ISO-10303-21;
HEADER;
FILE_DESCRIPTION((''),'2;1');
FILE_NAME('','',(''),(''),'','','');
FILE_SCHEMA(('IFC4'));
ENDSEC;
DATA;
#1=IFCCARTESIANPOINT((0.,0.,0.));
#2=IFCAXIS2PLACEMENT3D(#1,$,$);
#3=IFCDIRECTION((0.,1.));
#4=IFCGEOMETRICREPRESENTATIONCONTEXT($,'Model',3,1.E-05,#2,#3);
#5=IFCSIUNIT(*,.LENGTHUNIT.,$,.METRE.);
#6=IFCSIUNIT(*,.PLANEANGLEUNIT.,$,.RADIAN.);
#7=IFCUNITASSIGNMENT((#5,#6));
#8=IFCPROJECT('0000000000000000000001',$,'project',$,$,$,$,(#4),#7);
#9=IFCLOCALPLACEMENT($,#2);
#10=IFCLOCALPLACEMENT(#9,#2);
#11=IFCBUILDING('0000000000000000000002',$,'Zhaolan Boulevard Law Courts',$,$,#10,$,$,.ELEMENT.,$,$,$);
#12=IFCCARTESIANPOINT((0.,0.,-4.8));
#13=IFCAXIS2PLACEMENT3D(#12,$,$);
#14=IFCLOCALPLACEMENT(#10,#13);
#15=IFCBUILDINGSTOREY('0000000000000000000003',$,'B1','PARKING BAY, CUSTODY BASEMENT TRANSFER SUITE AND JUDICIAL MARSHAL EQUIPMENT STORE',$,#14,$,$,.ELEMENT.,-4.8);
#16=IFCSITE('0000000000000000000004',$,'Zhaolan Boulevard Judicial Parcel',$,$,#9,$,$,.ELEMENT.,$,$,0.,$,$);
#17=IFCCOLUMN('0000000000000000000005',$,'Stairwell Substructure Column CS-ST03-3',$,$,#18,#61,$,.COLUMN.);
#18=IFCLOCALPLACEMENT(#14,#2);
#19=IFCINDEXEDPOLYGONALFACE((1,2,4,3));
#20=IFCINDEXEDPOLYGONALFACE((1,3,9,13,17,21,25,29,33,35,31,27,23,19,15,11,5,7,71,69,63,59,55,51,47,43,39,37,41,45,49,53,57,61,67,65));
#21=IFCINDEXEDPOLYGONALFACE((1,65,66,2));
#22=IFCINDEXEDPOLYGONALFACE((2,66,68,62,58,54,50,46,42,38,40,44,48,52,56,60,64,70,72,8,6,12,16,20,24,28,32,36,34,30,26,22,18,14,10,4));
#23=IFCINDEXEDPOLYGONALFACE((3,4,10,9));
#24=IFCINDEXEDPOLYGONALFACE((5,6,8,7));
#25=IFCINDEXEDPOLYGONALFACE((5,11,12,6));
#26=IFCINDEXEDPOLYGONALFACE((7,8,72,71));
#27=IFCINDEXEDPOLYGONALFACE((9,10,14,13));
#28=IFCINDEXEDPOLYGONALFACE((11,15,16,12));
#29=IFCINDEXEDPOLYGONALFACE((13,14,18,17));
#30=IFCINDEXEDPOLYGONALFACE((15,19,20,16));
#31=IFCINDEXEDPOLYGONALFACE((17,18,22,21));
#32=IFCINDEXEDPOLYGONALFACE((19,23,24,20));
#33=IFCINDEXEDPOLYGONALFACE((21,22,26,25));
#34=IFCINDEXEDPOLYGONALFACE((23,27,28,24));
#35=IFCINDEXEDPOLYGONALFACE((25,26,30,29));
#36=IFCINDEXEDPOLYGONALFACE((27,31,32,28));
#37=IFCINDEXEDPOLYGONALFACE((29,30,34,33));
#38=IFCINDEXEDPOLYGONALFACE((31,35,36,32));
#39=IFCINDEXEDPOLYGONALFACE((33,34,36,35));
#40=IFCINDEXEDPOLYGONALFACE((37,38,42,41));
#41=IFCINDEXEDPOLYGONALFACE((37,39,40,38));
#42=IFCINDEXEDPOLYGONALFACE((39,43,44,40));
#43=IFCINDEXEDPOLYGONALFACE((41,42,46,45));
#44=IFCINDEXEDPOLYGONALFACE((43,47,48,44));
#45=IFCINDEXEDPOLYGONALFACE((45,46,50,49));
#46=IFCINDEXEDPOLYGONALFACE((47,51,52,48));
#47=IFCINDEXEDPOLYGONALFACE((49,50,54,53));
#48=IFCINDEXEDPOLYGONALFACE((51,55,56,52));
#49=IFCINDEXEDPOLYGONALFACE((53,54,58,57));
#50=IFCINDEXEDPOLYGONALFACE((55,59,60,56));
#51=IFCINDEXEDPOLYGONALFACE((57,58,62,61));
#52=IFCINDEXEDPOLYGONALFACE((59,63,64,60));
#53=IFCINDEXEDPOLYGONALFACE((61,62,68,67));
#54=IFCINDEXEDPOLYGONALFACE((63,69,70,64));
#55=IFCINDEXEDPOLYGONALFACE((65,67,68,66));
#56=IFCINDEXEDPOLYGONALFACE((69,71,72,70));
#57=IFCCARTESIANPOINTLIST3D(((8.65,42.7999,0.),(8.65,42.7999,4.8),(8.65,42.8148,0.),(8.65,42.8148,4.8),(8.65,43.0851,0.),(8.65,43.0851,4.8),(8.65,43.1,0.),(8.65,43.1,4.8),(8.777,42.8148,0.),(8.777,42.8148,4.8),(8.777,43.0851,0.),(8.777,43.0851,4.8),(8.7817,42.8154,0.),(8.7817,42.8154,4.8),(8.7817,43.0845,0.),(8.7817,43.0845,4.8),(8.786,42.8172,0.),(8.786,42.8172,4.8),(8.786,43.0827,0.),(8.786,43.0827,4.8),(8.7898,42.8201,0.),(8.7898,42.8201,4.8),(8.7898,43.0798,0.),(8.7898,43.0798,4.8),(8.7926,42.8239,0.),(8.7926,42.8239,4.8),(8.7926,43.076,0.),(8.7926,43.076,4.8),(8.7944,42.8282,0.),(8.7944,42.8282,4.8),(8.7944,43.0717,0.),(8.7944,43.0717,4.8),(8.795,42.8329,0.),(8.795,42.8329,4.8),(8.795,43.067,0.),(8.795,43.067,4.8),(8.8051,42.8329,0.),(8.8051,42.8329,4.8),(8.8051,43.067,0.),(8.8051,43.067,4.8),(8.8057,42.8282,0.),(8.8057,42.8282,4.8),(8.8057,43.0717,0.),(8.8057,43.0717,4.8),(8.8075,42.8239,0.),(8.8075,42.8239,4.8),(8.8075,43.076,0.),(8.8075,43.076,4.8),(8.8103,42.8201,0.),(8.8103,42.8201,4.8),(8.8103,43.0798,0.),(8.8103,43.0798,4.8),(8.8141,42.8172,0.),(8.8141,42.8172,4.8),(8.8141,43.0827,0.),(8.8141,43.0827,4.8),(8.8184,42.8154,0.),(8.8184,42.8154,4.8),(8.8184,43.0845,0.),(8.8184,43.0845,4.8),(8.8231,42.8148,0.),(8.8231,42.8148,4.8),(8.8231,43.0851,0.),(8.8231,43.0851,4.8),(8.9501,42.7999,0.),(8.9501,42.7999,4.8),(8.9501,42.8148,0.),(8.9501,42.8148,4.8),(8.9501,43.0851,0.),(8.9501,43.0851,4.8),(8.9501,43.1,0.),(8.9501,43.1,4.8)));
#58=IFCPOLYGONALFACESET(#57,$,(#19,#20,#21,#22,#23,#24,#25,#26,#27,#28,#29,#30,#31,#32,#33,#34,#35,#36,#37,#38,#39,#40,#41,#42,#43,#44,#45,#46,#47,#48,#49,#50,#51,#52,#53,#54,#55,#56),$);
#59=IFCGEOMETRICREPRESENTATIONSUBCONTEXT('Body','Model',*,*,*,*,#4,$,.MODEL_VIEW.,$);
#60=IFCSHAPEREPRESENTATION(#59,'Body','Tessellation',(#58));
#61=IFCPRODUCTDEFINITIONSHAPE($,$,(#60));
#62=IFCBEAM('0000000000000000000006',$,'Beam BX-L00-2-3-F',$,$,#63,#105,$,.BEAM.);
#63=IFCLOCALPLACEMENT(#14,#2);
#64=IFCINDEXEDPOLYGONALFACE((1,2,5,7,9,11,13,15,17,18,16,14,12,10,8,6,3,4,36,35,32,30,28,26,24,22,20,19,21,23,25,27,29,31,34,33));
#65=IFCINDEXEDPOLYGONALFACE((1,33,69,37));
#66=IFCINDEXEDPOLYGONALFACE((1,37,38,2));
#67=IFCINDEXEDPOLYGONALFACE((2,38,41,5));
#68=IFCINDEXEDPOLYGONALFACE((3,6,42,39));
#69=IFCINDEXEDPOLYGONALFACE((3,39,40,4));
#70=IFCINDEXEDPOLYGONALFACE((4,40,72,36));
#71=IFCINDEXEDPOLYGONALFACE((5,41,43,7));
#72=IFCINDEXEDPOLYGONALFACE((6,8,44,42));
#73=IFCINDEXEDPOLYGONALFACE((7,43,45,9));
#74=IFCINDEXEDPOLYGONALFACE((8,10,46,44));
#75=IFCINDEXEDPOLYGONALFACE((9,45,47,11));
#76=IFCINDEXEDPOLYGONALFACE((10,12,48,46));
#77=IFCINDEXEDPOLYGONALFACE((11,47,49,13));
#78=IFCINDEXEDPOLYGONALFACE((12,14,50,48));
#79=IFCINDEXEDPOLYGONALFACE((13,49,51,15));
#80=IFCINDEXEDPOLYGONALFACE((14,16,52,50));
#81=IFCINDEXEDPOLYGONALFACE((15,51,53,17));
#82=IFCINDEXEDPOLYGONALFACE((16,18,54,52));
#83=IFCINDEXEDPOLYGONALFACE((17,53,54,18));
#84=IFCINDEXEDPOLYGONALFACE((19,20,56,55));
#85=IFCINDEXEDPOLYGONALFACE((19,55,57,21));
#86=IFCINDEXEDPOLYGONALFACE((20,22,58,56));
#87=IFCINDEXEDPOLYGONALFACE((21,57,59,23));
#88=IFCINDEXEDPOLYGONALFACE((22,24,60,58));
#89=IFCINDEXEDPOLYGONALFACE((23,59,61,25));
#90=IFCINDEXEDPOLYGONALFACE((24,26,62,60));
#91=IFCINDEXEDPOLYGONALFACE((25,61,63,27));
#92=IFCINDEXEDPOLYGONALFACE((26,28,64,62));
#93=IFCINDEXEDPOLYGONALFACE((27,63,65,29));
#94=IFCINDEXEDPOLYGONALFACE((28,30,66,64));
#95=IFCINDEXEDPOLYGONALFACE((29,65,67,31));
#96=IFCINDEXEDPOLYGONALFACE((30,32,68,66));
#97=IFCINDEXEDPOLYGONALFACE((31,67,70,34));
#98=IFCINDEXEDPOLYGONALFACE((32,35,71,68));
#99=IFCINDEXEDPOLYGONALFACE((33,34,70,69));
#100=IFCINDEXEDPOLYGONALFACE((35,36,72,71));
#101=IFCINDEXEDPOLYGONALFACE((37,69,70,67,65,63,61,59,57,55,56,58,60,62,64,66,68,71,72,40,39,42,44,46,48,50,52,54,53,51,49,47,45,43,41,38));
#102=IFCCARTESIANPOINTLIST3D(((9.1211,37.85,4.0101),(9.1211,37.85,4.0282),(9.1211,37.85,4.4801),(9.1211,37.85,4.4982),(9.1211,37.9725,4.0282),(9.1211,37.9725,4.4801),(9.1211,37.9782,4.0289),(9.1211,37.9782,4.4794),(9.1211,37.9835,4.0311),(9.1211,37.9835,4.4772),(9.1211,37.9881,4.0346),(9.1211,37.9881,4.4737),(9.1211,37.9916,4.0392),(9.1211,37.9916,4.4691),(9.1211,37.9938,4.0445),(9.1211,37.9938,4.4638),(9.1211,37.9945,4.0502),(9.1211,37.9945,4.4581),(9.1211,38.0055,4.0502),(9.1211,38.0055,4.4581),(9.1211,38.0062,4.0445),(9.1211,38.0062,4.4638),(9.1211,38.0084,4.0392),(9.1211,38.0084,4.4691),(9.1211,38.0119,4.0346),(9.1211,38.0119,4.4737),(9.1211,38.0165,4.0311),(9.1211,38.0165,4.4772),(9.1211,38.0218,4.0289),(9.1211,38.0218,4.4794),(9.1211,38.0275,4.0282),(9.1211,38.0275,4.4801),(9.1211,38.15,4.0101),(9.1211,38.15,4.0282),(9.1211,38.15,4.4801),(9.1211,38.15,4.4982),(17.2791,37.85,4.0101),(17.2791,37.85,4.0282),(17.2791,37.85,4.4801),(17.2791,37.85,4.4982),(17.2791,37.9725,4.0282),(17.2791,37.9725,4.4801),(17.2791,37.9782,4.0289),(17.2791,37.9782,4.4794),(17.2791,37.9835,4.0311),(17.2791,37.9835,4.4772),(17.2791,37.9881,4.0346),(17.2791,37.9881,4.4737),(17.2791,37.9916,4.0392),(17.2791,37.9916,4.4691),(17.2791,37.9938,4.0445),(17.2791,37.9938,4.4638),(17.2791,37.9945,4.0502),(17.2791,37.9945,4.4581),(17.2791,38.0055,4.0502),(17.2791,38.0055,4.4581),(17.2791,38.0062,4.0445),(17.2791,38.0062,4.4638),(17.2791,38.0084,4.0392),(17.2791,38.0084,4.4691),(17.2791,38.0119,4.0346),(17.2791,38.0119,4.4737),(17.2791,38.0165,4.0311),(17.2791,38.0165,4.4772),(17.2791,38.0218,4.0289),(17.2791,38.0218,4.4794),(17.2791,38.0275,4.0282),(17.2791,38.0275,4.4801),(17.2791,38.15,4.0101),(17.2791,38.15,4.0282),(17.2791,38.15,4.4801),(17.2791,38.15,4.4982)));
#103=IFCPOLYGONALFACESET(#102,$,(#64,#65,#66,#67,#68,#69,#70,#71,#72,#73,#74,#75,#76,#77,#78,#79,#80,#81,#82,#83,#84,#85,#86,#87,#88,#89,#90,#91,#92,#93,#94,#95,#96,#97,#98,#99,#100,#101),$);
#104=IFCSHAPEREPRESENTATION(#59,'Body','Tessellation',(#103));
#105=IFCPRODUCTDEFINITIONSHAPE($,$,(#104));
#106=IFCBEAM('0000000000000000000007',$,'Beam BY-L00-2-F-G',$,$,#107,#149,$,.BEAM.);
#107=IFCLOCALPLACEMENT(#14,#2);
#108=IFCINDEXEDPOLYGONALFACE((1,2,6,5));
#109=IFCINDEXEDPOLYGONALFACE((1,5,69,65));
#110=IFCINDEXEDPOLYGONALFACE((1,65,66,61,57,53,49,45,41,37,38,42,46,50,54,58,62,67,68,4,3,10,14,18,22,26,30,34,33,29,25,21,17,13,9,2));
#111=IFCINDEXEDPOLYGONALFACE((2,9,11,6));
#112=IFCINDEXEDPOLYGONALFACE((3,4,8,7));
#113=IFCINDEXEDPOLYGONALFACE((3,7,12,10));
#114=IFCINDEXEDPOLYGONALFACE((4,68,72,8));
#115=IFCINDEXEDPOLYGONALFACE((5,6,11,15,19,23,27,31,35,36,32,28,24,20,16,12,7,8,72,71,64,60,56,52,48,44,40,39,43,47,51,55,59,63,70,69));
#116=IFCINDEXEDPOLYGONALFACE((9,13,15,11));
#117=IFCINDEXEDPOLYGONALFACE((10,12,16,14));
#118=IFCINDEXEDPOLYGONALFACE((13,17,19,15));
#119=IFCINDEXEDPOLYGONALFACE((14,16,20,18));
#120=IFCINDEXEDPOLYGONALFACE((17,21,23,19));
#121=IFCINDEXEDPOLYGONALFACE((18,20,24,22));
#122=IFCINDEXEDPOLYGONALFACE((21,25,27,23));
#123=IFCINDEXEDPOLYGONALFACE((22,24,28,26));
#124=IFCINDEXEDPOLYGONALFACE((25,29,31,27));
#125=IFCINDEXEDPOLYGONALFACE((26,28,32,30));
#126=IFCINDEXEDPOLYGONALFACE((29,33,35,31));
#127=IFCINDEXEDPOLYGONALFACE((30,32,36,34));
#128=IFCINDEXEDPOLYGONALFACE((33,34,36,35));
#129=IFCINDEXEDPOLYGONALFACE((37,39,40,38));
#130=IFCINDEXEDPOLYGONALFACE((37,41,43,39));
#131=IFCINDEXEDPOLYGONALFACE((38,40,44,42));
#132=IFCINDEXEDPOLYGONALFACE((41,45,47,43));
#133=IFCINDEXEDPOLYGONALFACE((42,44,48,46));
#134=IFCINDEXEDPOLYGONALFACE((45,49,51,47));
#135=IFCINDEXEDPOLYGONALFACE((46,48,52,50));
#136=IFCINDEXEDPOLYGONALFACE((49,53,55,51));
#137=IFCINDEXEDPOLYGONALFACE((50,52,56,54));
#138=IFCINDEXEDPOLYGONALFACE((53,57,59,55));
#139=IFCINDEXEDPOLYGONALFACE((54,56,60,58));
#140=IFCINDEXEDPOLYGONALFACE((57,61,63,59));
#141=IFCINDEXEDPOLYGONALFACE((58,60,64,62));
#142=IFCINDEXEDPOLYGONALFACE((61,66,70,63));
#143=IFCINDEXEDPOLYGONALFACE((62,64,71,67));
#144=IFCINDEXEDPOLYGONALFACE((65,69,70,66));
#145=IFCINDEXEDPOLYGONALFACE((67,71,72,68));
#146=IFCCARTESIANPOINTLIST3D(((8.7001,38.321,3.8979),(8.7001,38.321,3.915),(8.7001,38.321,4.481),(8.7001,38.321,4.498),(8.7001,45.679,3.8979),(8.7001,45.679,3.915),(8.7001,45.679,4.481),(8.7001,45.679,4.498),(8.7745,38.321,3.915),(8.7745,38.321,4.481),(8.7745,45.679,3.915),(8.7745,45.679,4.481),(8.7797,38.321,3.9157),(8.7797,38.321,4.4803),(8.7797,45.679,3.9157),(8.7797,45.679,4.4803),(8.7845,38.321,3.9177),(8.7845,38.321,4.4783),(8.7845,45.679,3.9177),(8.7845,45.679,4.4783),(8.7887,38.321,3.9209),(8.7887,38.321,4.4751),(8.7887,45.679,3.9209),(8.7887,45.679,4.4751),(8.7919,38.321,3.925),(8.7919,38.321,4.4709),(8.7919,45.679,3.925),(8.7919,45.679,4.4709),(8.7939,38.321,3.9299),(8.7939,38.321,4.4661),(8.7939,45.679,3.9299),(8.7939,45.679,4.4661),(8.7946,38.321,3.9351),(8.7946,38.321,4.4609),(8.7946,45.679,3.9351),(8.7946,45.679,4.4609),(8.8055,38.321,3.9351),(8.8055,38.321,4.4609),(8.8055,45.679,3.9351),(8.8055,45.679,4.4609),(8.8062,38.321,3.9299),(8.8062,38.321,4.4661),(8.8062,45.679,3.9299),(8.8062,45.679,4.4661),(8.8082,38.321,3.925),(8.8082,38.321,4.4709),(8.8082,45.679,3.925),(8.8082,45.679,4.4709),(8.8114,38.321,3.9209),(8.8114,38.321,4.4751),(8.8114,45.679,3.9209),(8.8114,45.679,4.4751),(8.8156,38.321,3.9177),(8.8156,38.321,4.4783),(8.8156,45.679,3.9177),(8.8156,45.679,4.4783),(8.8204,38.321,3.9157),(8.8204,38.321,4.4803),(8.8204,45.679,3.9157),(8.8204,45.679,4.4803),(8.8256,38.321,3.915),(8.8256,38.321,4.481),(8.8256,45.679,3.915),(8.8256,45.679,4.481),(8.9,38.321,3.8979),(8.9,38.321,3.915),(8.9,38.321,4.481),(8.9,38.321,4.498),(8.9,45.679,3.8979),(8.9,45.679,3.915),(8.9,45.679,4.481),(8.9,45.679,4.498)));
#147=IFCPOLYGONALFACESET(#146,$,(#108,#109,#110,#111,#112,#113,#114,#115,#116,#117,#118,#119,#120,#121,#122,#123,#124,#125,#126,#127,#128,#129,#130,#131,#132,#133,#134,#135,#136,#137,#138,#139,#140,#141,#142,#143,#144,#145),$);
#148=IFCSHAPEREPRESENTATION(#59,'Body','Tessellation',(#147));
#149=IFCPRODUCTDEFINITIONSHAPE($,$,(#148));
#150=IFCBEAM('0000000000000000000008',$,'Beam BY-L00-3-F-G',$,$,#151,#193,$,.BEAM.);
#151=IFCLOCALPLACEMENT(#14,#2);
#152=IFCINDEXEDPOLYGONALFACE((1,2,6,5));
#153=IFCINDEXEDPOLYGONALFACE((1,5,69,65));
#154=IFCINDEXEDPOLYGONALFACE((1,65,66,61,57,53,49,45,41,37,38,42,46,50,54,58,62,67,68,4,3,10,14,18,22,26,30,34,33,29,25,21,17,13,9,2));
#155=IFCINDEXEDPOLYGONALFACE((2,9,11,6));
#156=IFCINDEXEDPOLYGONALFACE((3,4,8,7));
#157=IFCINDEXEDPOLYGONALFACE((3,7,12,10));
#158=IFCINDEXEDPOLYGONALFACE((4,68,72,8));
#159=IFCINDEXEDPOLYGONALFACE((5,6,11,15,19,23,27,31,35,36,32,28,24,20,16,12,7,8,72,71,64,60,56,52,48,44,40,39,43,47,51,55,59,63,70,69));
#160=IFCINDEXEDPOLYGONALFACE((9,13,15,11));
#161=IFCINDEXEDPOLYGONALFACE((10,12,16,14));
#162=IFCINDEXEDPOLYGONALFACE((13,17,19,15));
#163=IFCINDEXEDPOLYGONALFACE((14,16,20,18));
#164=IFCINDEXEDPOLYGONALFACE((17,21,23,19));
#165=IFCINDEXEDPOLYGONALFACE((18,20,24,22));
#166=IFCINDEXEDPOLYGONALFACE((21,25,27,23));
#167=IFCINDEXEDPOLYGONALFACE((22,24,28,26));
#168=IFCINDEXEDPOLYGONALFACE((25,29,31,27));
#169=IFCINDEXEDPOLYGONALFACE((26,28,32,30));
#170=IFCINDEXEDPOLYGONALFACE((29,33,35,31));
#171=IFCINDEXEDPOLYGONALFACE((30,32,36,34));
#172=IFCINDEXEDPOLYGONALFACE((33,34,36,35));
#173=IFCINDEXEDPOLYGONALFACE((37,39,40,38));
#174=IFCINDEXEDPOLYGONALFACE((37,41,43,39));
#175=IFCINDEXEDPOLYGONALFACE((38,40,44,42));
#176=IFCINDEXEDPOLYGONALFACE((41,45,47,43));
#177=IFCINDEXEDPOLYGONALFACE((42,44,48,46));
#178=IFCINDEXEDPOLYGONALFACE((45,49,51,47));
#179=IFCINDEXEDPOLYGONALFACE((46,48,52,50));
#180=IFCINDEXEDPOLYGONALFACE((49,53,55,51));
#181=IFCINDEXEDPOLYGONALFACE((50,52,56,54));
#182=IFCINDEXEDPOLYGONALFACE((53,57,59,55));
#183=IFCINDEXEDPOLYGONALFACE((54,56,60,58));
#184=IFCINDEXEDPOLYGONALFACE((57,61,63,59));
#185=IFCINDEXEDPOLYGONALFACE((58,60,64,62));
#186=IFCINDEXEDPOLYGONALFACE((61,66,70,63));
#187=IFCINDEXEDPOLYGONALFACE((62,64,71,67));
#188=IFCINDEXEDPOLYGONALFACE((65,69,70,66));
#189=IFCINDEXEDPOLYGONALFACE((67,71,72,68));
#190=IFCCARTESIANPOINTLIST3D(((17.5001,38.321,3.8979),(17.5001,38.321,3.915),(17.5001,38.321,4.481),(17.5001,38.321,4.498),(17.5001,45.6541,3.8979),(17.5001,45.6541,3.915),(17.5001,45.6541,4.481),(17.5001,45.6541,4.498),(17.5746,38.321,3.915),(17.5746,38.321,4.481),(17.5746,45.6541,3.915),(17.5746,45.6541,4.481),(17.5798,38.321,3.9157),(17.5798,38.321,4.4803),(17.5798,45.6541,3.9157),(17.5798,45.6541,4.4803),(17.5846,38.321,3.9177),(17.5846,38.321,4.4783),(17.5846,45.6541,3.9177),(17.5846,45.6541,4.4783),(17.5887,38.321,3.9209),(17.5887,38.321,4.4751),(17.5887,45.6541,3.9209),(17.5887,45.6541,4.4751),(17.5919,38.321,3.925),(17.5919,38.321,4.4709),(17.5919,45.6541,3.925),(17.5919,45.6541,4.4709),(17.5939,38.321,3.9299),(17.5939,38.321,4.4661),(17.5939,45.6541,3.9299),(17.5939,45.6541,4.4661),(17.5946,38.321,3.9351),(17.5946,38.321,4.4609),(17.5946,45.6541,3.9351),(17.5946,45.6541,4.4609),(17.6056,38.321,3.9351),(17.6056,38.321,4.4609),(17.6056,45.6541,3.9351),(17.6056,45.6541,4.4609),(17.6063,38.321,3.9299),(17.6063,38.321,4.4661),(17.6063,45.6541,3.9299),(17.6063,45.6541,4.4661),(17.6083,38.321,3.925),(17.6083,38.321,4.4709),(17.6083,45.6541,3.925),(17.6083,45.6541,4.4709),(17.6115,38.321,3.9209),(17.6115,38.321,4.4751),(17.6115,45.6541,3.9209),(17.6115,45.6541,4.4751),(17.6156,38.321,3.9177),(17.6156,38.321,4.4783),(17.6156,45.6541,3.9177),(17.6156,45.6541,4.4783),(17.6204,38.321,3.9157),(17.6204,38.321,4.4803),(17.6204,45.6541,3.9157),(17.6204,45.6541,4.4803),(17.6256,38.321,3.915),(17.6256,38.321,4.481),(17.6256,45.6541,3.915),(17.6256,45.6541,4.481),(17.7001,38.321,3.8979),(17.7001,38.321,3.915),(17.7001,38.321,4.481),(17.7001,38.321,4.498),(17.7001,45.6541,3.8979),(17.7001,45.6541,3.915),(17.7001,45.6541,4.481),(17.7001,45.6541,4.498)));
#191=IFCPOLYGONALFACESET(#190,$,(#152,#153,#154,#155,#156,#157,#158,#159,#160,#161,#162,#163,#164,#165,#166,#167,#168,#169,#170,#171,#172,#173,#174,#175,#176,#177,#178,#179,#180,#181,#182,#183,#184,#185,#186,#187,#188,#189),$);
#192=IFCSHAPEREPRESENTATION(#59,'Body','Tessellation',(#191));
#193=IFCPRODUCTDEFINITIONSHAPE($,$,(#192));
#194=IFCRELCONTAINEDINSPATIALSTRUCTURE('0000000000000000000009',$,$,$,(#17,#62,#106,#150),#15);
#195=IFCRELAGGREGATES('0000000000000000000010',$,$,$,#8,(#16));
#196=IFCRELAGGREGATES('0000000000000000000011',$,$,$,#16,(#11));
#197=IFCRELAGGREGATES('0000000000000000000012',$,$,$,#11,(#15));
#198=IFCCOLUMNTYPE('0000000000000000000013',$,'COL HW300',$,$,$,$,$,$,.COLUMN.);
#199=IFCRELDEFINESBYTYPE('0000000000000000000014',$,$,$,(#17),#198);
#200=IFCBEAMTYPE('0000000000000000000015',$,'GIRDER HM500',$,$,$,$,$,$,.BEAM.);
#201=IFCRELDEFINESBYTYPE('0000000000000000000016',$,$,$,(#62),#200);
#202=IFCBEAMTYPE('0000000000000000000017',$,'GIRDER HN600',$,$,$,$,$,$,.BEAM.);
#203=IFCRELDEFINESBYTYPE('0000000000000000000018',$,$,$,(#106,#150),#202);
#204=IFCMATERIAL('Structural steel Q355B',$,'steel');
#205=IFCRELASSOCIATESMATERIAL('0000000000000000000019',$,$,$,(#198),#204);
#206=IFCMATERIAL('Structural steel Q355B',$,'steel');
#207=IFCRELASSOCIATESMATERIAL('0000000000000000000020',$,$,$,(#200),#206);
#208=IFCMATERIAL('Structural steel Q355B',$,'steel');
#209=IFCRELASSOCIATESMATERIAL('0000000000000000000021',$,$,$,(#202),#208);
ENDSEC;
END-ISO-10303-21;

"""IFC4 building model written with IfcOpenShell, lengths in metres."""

from ifc_helpers import new_model, si_unit, direction, frame, origin, origin_2d, place, context, subcontext, project, spatial, i_section, extrude, material, material_profile, profile_set, type_object, element, save


model = new_model("IFC4")

# Units and contexts
model_context = context("Model", 3, precision=1e-05, world=origin(), true_north=direction((0.0, 1.0)))
body_context = subcontext(model_context, "Body", "Model", "MODEL_VIEW")
ifc_project = project(units=[si_unit("LENGTHUNIT", "METRE"), si_unit("PLANEANGLEUNIT", "RADIAN")], contexts=[model_context])

# Site, building, storey
site_placement = place(None, origin())
site = spatial("IfcSite", under=ifc_project, at=site_placement, Name="Zhaolan Boulevard Judicial Parcel", CompositionType="ELEMENT", RefElevation=0.0)
building_placement = place(site_placement, origin())
building = spatial("IfcBuilding", under=site, at=building_placement, Name="Zhaolan Boulevard Law Courts", CompositionType="ELEMENT")
storey_placement = place(building_placement, frame((0.0, 0.0, -4.8)))
storey = spatial("IfcBuildingStorey", under=building, at=storey_placement, Name="B1", Description="PARKING BAY, CUSTODY BASEMENT TRANSFER SUITE AND JUDICIAL MARSHAL EQUIPMENT STORE", CompositionType="ELEMENT", Elevation=-4.8)

# Column
ifc_material_1 = material(Name="Structural steel Q355B", Category="steel")
ifc_material_profile_1 = material_profile(ifc_material_1, i_section(OverallWidth=0.3, OverallDepth=0.3, WebThickness=0.01, FlangeThickness=0.0149, FilletRadius=0.0181, at=origin_2d()), Name="HW300x300")
ifc_profile_set_1 = profile_set([ifc_material_profile_1], Name="Structural steel Q355B")
column_type_1 = type_object("IfcColumnType", Name="COL HW300", PredefinedType="COLUMN", material=ifc_profile_set_1)
for number, where, z_axis, x_axis, name in (
    (1, (8.8, 42.95, 0.0), (0.0, 0.0, 1.0), (1.0, 0.0, 0.0), "Stairwell Substructure Column CS-ST03-3"),
):
    element("IfcColumn", number, at=place(storey_placement, frame(where, z_axis=z_axis, x_axis=x_axis)), inside=storey, type_object=column_type_1, Name=name, PredefinedType="COLUMN", context=body_context, shape_type="SweptSolid", body=[
        extrude(i_section(OverallWidth=0.3, OverallDepth=0.3, WebThickness=0.01, FlangeThickness=0.0149, FilletRadius=0.0181, at=origin_2d()), origin(), (0.0, 0.0, 1.0), 4.8),
    ])

# Beams
ifc_material_2 = material(Name="Structural steel Q355B", Category="steel")
ifc_material_profile_2 = material_profile(ifc_material_2, i_section(OverallWidth=0.3, OverallDepth=0.488, WebThickness=0.011, FlangeThickness=0.0181, FilletRadius=0.022, at=origin_2d()), Name="HM488x300")
ifc_profile_set_2 = profile_set([ifc_material_profile_2], Name="Structural steel Q355B")
beam_type_1 = type_object("IfcBeamType", Name="GIRDER HM500", PredefinedType="BEAM", material=ifc_profile_set_2)
beam_1_placement = place(storey_placement, frame((9.1211, 38.0, 4.2542), z_axis=(1.0, 0.0, 0.0), x_axis=(0.0, 1.0, 0.0)))
element("IfcBeam", 2, at=beam_1_placement, inside=storey, type_object=beam_type_1, Name="Beam BX-L00-2-3-F", PredefinedType="BEAM", context=body_context, shape_type="SweptSolid", body=[
    extrude(i_section(OverallWidth=0.3, OverallDepth=0.488, WebThickness=0.011, FlangeThickness=0.0181, FilletRadius=0.022, at=origin_2d()), origin(), (0.0, 0.0, 1.0), 8.158),
])
ifc_material_3 = material(Name="Structural steel Q355B", Category="steel")
ifc_material_profile_3 = material_profile(ifc_material_3, i_section(OverallWidth=0.2, OverallDepth=0.6001, WebThickness=0.011, FlangeThickness=0.0171, FilletRadius=0.02, at=origin_2d()), Name="HN600x200")
ifc_profile_set_3 = profile_set([ifc_material_profile_3], Name="Structural steel Q355B")
beam_type_2 = type_object("IfcBeamType", Name="GIRDER HN600", PredefinedType="BEAM", material=ifc_profile_set_3)
beam_2_placement = place(storey_placement, frame((8.8, 38.321, 4.198), z_axis=(0.0, 1.0, 0.0), x_axis=(-1.0, 0.0, 0.0)))
element("IfcBeam", 3, at=beam_2_placement, inside=storey, type_object=beam_type_2, Name="Beam BY-L00-2-F-G", PredefinedType="BEAM", context=body_context, shape_type="SweptSolid", body=[
    extrude(i_section(OverallWidth=0.2, OverallDepth=0.6001, WebThickness=0.011, FlangeThickness=0.0171, FilletRadius=0.02, at=origin_2d()), origin(), (0.0, 0.0, 1.0), 7.3579),
])
beam_3_placement = place(storey_placement, frame((17.6001, 38.321, 4.198), z_axis=(0.0, 1.0, 0.0), x_axis=(-1.0, 0.0, 0.0)))
element("IfcBeam", 4, at=beam_3_placement, inside=storey, type_object=beam_type_2, Name="Beam BY-L00-3-F-G", PredefinedType="BEAM", context=body_context, shape_type="SweptSolid", body=[
    extrude(i_section(OverallWidth=0.2, OverallDepth=0.6001, WebThickness=0.011, FlangeThickness=0.0171, FilletRadius=0.02, at=origin_2d()), origin(), (0.0, 0.0, 1.0), 7.333),
])

save(model, "model.ifc")
